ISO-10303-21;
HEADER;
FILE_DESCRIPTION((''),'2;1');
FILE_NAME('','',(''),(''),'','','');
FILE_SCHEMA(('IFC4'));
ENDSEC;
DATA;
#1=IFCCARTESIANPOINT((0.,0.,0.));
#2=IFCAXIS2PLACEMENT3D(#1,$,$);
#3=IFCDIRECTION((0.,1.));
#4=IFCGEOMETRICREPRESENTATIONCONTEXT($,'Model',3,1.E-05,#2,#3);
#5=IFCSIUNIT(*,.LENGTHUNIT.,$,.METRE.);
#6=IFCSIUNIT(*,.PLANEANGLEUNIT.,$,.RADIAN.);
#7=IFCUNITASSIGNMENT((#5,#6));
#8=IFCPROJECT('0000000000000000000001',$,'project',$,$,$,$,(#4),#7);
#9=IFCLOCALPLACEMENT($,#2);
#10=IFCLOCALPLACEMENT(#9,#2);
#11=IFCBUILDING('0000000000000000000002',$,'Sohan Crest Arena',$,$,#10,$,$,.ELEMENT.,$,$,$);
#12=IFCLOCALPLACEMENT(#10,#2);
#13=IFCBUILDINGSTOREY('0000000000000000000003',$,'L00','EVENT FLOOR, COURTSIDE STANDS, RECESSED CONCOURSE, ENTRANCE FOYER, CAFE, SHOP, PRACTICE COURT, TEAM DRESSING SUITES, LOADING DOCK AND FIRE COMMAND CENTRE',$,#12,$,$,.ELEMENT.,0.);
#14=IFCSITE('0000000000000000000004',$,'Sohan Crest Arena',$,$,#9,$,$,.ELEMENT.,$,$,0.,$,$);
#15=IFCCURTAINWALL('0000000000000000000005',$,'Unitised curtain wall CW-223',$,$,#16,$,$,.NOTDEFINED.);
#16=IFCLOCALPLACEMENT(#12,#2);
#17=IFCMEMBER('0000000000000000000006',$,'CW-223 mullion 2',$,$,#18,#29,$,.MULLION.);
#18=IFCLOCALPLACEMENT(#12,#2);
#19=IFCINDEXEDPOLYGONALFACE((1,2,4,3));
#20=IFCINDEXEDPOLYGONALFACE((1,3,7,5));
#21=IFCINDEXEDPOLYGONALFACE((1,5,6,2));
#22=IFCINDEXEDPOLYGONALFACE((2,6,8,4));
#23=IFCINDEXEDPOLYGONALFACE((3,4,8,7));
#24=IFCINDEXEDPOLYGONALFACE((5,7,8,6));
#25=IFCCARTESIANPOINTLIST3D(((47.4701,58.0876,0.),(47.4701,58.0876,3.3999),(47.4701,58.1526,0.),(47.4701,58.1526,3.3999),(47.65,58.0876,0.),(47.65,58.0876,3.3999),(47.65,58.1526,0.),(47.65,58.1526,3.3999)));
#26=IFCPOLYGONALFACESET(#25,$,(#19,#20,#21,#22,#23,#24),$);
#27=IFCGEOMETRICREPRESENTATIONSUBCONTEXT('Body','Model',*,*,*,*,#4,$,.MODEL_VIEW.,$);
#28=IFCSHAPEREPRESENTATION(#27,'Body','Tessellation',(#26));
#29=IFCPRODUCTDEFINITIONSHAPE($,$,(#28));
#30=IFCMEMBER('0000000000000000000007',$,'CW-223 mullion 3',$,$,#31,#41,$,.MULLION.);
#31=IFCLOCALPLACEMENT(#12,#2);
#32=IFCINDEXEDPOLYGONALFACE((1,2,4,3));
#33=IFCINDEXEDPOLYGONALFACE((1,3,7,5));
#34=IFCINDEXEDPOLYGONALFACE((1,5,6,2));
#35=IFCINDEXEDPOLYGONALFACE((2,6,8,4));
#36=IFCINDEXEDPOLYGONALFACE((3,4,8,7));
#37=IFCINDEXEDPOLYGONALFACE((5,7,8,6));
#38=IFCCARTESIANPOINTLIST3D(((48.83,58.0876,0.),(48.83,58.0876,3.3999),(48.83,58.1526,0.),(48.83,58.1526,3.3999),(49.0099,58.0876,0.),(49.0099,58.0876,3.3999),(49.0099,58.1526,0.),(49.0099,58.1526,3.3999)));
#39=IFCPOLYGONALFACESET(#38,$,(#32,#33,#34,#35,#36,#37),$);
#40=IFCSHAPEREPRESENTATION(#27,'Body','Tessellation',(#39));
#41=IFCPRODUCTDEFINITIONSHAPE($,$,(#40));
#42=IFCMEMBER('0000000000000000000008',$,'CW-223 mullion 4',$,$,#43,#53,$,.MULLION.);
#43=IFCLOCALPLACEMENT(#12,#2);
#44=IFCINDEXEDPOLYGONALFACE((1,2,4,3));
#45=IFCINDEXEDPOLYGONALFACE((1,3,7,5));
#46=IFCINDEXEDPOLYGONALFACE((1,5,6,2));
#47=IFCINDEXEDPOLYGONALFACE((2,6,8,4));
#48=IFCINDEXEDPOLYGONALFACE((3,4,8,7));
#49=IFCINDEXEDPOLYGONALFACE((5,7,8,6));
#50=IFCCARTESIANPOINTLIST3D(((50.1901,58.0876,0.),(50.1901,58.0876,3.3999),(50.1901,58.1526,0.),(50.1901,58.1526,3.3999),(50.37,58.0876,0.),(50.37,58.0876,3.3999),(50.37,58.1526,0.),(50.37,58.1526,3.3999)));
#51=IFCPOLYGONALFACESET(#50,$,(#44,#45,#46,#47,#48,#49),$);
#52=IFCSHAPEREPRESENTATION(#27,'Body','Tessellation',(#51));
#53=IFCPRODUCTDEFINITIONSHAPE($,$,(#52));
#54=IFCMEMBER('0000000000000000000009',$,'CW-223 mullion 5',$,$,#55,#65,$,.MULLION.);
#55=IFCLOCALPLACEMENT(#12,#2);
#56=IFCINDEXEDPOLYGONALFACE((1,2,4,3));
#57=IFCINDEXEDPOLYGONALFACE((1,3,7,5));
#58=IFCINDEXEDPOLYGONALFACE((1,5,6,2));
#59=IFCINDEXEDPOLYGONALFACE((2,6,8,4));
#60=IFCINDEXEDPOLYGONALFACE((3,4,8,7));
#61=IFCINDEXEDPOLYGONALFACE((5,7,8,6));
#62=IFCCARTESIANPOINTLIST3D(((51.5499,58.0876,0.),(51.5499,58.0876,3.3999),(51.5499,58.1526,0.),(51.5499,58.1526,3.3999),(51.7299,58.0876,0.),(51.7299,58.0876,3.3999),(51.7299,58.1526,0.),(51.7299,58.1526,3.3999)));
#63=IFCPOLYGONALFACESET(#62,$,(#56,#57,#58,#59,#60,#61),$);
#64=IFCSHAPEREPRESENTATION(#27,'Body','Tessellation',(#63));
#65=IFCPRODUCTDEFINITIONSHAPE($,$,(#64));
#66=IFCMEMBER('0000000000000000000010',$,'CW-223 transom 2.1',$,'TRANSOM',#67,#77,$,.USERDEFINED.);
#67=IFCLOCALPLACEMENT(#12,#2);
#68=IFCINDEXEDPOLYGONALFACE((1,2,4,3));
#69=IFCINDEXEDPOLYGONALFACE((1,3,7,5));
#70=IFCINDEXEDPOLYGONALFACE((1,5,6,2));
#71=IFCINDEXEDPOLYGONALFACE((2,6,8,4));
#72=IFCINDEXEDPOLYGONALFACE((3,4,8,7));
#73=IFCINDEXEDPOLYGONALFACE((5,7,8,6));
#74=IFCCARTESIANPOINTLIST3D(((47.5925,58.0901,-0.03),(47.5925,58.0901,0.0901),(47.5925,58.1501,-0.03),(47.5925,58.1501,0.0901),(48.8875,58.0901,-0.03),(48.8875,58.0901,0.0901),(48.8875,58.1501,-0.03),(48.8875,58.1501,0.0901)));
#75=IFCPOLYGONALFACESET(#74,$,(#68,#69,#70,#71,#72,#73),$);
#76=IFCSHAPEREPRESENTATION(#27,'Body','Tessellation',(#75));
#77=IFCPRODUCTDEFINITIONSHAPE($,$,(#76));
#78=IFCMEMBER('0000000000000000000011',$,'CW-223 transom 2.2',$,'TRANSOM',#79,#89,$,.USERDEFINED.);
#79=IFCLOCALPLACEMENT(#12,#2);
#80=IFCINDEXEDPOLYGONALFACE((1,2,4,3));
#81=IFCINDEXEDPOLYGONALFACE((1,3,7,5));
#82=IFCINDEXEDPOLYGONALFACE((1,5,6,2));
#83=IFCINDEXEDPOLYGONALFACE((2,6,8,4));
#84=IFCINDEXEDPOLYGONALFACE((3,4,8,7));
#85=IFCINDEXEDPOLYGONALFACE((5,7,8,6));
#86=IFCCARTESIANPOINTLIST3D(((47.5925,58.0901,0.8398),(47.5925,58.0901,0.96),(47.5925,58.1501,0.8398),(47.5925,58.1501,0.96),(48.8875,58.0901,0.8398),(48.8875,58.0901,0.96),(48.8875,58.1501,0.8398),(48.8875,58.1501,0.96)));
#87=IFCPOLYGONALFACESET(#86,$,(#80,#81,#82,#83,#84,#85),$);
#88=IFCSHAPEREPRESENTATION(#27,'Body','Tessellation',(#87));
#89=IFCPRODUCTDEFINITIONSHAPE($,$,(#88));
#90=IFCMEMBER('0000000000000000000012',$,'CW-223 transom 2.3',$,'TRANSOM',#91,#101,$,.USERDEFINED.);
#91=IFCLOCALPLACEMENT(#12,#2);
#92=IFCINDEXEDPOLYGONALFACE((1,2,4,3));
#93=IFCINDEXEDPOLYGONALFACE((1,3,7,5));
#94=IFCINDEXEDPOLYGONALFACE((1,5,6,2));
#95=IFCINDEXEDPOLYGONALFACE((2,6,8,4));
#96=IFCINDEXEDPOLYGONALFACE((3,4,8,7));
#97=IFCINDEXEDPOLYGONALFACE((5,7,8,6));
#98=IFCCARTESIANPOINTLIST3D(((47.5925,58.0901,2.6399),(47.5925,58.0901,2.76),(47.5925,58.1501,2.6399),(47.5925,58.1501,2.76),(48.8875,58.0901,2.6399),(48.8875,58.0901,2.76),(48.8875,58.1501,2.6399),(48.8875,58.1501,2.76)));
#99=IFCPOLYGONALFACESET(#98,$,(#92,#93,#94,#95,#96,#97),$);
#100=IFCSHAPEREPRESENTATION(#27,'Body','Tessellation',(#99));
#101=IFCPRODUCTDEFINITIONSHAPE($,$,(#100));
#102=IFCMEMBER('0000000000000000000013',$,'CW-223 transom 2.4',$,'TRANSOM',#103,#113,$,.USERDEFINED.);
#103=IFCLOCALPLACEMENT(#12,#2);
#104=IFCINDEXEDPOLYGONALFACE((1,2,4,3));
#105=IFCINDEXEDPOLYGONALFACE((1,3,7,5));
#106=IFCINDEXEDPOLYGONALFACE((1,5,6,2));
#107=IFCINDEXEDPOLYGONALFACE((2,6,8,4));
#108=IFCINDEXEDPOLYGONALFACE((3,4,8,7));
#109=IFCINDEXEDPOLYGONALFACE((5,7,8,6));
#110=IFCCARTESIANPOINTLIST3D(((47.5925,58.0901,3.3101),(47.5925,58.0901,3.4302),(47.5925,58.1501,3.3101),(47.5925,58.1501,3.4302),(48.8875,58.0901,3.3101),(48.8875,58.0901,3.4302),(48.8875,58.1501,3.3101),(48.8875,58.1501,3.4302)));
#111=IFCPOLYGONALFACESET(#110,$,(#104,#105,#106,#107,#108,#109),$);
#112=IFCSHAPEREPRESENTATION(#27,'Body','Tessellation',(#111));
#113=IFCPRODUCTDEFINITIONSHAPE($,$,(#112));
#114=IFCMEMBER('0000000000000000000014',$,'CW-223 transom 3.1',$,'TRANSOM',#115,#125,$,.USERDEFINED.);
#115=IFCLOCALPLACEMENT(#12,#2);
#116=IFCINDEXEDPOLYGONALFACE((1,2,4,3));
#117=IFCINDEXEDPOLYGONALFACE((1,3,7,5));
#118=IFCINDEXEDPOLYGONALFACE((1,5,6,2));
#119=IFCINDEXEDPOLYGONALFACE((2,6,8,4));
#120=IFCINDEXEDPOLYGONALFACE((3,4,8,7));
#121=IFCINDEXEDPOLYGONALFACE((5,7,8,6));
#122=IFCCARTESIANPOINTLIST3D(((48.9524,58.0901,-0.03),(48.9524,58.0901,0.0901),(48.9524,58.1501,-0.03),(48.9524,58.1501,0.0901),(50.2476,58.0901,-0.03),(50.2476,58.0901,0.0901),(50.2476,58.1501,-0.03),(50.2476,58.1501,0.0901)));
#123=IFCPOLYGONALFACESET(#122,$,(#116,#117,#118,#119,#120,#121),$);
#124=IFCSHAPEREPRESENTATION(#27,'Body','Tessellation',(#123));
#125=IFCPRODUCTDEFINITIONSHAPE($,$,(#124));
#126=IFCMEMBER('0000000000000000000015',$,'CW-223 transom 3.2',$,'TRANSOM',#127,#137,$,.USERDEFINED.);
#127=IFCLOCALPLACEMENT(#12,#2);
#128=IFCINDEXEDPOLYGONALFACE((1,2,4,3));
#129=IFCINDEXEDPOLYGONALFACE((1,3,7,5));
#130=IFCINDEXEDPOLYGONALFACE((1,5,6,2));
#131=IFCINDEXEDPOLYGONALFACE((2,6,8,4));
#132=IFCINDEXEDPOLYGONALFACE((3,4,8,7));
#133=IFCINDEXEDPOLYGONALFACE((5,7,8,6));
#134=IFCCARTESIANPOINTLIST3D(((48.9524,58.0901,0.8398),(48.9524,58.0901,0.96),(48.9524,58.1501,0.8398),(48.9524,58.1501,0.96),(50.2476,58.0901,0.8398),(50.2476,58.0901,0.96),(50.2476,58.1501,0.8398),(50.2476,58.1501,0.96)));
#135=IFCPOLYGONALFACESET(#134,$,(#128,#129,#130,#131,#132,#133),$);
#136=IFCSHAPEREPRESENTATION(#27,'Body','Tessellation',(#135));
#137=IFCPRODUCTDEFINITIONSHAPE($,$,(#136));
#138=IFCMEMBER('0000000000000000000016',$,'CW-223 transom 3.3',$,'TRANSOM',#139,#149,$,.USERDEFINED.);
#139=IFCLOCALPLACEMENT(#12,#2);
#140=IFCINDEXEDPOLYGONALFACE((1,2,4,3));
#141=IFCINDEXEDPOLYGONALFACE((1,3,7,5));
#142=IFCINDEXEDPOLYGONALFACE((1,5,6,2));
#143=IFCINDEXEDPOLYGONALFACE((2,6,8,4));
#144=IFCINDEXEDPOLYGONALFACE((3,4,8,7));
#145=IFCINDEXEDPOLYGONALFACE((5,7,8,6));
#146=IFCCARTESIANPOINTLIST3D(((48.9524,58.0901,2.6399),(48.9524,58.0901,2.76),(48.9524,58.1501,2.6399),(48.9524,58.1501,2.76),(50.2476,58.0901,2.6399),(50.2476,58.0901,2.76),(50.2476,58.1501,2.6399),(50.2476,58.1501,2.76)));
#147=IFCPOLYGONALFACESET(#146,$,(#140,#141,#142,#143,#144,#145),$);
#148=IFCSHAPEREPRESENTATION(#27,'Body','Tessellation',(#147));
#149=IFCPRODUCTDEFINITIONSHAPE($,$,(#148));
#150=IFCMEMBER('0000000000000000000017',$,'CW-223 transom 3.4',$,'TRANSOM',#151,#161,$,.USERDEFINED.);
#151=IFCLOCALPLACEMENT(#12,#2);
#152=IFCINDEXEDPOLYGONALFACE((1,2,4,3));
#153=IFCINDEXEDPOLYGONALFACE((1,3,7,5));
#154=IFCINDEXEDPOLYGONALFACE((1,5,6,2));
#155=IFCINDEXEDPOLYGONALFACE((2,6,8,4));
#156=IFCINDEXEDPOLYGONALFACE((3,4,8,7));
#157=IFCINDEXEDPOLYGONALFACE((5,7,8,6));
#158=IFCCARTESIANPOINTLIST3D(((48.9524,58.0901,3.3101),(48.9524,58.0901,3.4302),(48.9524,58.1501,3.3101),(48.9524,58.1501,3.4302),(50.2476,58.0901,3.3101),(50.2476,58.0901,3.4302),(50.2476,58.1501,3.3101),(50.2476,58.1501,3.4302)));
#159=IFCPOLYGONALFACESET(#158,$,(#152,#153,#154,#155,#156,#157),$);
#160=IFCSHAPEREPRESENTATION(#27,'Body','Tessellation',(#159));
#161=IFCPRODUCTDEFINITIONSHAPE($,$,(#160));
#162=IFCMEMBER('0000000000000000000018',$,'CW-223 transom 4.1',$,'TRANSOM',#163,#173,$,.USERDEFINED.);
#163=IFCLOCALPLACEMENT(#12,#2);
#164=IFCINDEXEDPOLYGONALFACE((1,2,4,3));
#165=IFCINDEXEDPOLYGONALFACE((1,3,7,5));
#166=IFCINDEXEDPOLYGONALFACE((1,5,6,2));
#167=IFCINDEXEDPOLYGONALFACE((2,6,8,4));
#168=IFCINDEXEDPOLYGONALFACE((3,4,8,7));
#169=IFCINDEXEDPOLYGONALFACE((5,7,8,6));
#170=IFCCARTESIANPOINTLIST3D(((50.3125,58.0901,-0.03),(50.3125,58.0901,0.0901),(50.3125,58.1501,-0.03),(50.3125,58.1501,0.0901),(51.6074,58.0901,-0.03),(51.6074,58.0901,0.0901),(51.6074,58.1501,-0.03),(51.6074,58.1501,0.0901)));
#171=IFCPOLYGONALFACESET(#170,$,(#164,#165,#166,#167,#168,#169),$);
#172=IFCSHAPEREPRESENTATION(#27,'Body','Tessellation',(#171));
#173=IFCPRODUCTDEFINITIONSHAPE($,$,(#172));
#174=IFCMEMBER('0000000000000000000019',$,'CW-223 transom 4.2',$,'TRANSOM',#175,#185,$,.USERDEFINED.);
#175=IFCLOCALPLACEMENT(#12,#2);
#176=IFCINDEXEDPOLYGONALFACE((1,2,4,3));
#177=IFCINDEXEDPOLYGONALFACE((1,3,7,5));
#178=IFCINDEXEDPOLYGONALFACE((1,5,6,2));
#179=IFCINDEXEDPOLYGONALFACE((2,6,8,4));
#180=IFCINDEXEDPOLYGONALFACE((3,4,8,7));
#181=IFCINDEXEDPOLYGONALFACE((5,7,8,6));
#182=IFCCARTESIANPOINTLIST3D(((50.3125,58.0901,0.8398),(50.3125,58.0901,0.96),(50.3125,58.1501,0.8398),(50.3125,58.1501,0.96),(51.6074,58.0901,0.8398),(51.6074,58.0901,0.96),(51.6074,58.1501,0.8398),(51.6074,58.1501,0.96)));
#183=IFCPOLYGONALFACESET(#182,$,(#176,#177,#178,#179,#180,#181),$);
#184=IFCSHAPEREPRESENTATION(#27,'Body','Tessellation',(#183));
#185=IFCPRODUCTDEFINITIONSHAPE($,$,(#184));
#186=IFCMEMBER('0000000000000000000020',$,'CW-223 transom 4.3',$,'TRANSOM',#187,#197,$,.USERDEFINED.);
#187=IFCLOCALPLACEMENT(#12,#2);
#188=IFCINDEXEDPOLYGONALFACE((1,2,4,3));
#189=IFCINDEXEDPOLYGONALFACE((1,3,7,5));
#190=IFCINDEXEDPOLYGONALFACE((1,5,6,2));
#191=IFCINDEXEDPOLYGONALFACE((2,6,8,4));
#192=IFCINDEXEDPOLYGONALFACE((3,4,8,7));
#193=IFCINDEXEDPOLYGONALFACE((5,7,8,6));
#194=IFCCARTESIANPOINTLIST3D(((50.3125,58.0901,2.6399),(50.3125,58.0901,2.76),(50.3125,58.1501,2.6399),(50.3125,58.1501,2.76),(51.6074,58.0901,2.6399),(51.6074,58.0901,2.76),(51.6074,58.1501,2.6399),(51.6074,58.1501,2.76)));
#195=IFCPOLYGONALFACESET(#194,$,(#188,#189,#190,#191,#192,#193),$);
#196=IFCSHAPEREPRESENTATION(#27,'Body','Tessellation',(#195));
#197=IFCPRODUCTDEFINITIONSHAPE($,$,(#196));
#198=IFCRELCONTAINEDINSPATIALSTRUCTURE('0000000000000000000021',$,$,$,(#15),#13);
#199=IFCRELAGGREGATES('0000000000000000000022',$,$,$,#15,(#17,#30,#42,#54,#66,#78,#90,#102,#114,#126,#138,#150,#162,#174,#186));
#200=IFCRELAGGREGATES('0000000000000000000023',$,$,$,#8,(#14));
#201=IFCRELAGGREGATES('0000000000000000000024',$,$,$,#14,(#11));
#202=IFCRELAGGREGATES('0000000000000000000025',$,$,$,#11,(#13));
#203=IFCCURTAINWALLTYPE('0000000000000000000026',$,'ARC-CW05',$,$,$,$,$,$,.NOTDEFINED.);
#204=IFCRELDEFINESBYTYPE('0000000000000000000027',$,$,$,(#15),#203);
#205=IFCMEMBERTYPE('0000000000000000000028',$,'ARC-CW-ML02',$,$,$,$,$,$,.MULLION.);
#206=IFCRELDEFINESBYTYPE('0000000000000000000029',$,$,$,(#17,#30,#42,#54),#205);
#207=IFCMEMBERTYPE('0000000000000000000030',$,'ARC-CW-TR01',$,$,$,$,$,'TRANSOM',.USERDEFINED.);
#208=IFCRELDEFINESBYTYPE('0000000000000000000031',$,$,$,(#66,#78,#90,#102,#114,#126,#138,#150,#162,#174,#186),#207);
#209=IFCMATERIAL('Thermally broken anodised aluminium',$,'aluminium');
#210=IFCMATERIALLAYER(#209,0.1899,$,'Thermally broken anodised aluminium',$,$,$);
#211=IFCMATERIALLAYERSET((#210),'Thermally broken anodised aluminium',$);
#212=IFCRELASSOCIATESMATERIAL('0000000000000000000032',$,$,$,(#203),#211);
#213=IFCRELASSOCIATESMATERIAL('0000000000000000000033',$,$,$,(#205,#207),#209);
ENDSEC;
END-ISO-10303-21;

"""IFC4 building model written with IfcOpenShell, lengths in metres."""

from ifc_helpers import new_model, si_unit, direction, frame, origin, origin_2d, place, context, subcontext, project, spatial, rectangle, extrude, material, layer, layer_set, material_profile, profile_set, type_object, element, aggregate, save


model = new_model("IFC4")

# Units and contexts
model_context = context("Model", 3, precision=1e-05, world=origin(), true_north=direction((0.0, 1.0)))
body_context = subcontext(model_context, "Body", "Model", "MODEL_VIEW")
ifc_project = project(units=[si_unit("LENGTHUNIT", "METRE"), si_unit("PLANEANGLEUNIT", "RADIAN")], contexts=[model_context])

# Site, building, storey
site_placement = place(None, origin())
site = spatial("IfcSite", under=ifc_project, at=site_placement, Name="Sohan Crest Arena", CompositionType="ELEMENT", RefElevation=0.0)
building_placement = place(site_placement, origin())
building = spatial("IfcBuilding", under=site, at=building_placement, Name="Sohan Crest Arena", CompositionType="ELEMENT")
storey_placement = place(building_placement, origin())
storey = spatial("IfcBuildingStorey", under=building, at=storey_placement, Name="L00", Description="EVENT FLOOR, COURTSIDE STANDS, RECESSED CONCOURSE, ENTRANCE FOYER, CAFE, SHOP, PRACTICE COURT, TEAM DRESSING SUITES, LOADING DOCK AND FIRE COMMAND CENTRE", CompositionType="ELEMENT", Elevation=0.0)

# Curtain wall, members
ifc_material_1 = material(Name="Thermally broken anodised aluminium", Category="aluminium")
ifc_layer_1 = layer(ifc_material_1, 0.1899, Name="Thermally broken anodised aluminium")
ifc_layer_set_1 = layer_set([ifc_layer_1], Name="Thermally broken anodised aluminium")
curtain_wall_type = type_object("IfcCurtainWallType", Name="ARC-CW05", PredefinedType="NOTDEFINED", material=ifc_layer_set_1)
curtain_wall_placement = place(storey_placement, origin())
curtain_wall = element("IfcCurtainWall", 1, at=curtain_wall_placement, inside=storey, type_object=curtain_wall_type, Name="Unitised curtain wall CW-223", PredefinedType="NOTDEFINED")
ifc_material_profile_1 = material_profile(ifc_material_1, rectangle(XDim=0.0649, YDim=0.1799, at=origin_2d()), Name="ALU-MULL 65x180")
ifc_profile_set_1 = profile_set([ifc_material_profile_1], Name="Thermally broken anodised aluminium")
member_type_1 = type_object("IfcMemberType", Name="ARC-CW-ML02", PredefinedType="MULLION", material=ifc_profile_set_1)
member_1_placement = place(storey_placement, frame((47.5601, 58.1201, 0.0), z_axis=(0.0, 0.0, 1.0), x_axis=(0.0, 1.0, 0.0)))
member_1 = element("IfcMember", 2, at=member_1_placement, type_object=member_type_1, Name="CW-223 mullion 2", PredefinedType="MULLION", context=body_context, shape_type="SweptSolid", body=[
    extrude(rectangle(XDim=0.0649, YDim=0.1799, at=origin_2d()), origin(), (0.0, 0.0, 1.0), 3.3999),
])
member_2_placement = place(storey_placement, frame((48.9199, 58.1201, 0.0), z_axis=(0.0, 0.0, 1.0), x_axis=(0.0, 1.0, 0.0)))
member_2 = element("IfcMember", 3, at=member_2_placement, type_object=member_type_1, Name="CW-223 mullion 3", PredefinedType="MULLION", context=body_context, shape_type="SweptSolid", body=[
    extrude(rectangle(XDim=0.0649, YDim=0.1799, at=origin_2d()), origin(), (0.0, 0.0, 1.0), 3.3999),
])
member_3_placement = place(storey_placement, frame((50.28, 58.1201, 0.0), z_axis=(0.0, 0.0, 1.0), x_axis=(0.0, 1.0, 0.0)))
member_3 = element("IfcMember", 4, at=member_3_placement, type_object=member_type_1, Name="CW-223 mullion 4", PredefinedType="MULLION", context=body_context, shape_type="SweptSolid", body=[
    extrude(rectangle(XDim=0.0649, YDim=0.1799, at=origin_2d()), origin(), (0.0, 0.0, 1.0), 3.3999),
])
member_4_placement = place(storey_placement, frame((51.6399, 58.1201, 0.0), z_axis=(0.0, 0.0, 1.0), x_axis=(0.0, 1.0, 0.0)))
member_4 = element("IfcMember", 5, at=member_4_placement, type_object=member_type_1, Name="CW-223 mullion 5", PredefinedType="MULLION", context=body_context, shape_type="SweptSolid", body=[
    extrude(rectangle(XDim=0.0649, YDim=0.1799, at=origin_2d()), origin(), (0.0, 0.0, 1.0), 3.3999),
])
ifc_material_profile_2 = material_profile(ifc_material_1, rectangle(XDim=0.0601, YDim=0.1201, at=origin_2d()), Name="ALU-TRAN 60x120")
ifc_profile_set_2 = profile_set([ifc_material_profile_2], Name="Thermally broken anodised aluminium")
member_type_2 = type_object("IfcMemberType", Name="ARC-CW-TR01", ElementType="TRANSOM", PredefinedType="USERDEFINED", material=ifc_profile_set_2)
member_5_placement = place(storey_placement, frame((47.5925, 58.1201, 0.03), z_axis=(1.0, 0.0, 0.0), x_axis=(0.0, 1.0, 0.0)))
member_5 = element("IfcMember", 6, at=member_5_placement, type_object=member_type_2, Name="CW-223 transom 2.1", ObjectType="TRANSOM", PredefinedType="USERDEFINED", context=body_context, shape_type="SweptSolid", body=[
    extrude(rectangle(XDim=0.0601, YDim=0.1201, at=origin_2d()), origin(), (0.0, 0.0, 1.0), 1.2949),
])
member_6_placement = place(storey_placement, frame((47.5925, 58.1201, 0.8999), z_axis=(1.0, 0.0, 0.0), x_axis=(0.0, 1.0, 0.0)))
member_6 = element("IfcMember", 7, at=member_6_placement, type_object=member_type_2, Name="CW-223 transom 2.2", ObjectType="TRANSOM", PredefinedType="USERDEFINED", context=body_context, shape_type="SweptSolid", body=[
    extrude(rectangle(XDim=0.0601, YDim=0.1201, at=origin_2d()), origin(), (0.0, 0.0, 1.0), 1.2949),
])
member_7_placement = place(storey_placement, frame((47.5925, 58.1201, 2.7), z_axis=(1.0, 0.0, 0.0), x_axis=(0.0, 1.0, 0.0)))
member_7 = element("IfcMember", 8, at=member_7_placement, type_object=member_type_2, Name="CW-223 transom 2.3", ObjectType="TRANSOM", PredefinedType="USERDEFINED", context=body_context, shape_type="SweptSolid", body=[
    extrude(rectangle(XDim=0.0601, YDim=0.1201, at=origin_2d()), origin(), (0.0, 0.0, 1.0), 1.2949),
])
member_8_placement = place(storey_placement, frame((47.5925, 58.1201, 3.3701), z_axis=(1.0, 0.0, 0.0), x_axis=(0.0, 1.0, 0.0)))
member_8 = element("IfcMember", 9, at=member_8_placement, type_object=member_type_2, Name="CW-223 transom 2.4", ObjectType="TRANSOM", PredefinedType="USERDEFINED", context=body_context, shape_type="SweptSolid", body=[
    extrude(rectangle(XDim=0.0601, YDim=0.1201, at=origin_2d()), origin(), (0.0, 0.0, 1.0), 1.2949),
])
member_9_placement = place(storey_placement, frame((48.9524, 58.1201, 0.03), z_axis=(1.0, 0.0, 0.0), x_axis=(0.0, 1.0, 0.0)))
member_9 = element("IfcMember", 10, at=member_9_placement, type_object=member_type_2, Name="CW-223 transom 3.1", ObjectType="TRANSOM", PredefinedType="USERDEFINED", context=body_context, shape_type="SweptSolid", body=[
    extrude(rectangle(XDim=0.0601, YDim=0.1201, at=origin_2d()), origin(), (0.0, 0.0, 1.0), 1.2952),
])
member_10_placement = place(storey_placement, frame((48.9524, 58.1201, 0.8999), z_axis=(1.0, 0.0, 0.0), x_axis=(0.0, 1.0, 0.0)))
member_10 = element("IfcMember", 11, at=member_10_placement, type_object=member_type_2, Name="CW-223 transom 3.2", ObjectType="TRANSOM", PredefinedType="USERDEFINED", context=body_context, shape_type="SweptSolid", body=[
    extrude(rectangle(XDim=0.0601, YDim=0.1201, at=origin_2d()), origin(), (0.0, 0.0, 1.0), 1.2952),
])
member_11_placement = place(storey_placement, frame((48.9524, 58.1201, 2.7), z_axis=(1.0, 0.0, 0.0), x_axis=(0.0, 1.0, 0.0)))
member_11 = element("IfcMember", 12, at=member_11_placement, type_object=member_type_2, Name="CW-223 transom 3.3", ObjectType="TRANSOM", PredefinedType="USERDEFINED", context=body_context, shape_type="SweptSolid", body=[
    extrude(rectangle(XDim=0.0601, YDim=0.1201, at=origin_2d()), origin(), (0.0, 0.0, 1.0), 1.2952),
])
member_12_placement = place(storey_placement, frame((48.9524, 58.1201, 3.3701), z_axis=(1.0, 0.0, 0.0), x_axis=(0.0, 1.0, 0.0)))
member_12 = element("IfcMember", 13, at=member_12_placement, type_object=member_type_2, Name="CW-223 transom 3.4", ObjectType="TRANSOM", PredefinedType="USERDEFINED", context=body_context, shape_type="SweptSolid", body=[
    extrude(rectangle(XDim=0.0601, YDim=0.1201, at=origin_2d()), origin(), (0.0, 0.0, 1.0), 1.2952),
])
member_13_placement = place(storey_placement, frame((50.3125, 58.1201, 0.03), z_axis=(1.0, 0.0, 0.0), x_axis=(0.0, 1.0, 0.0)))
member_13 = element("IfcMember", 14, at=member_13_placement, type_object=member_type_2, Name="CW-223 transom 4.1", ObjectType="TRANSOM", PredefinedType="USERDEFINED", context=body_context, shape_type="SweptSolid", body=[
    extrude(rectangle(XDim=0.0601, YDim=0.1201, at=origin_2d()), origin(), (0.0, 0.0, 1.0), 1.2949),
])
member_14_placement = place(storey_placement, frame((50.3125, 58.1201, 0.8999), z_axis=(1.0, 0.0, 0.0), x_axis=(0.0, 1.0, 0.0)))
member_14 = element("IfcMember", 15, at=member_14_placement, type_object=member_type_2, Name="CW-223 transom 4.2", ObjectType="TRANSOM", PredefinedType="USERDEFINED", context=body_context, shape_type="SweptSolid", body=[
    extrude(rectangle(XDim=0.0601, YDim=0.1201, at=origin_2d()), origin(), (0.0, 0.0, 1.0), 1.2949),
])
member_15_placement = place(storey_placement, frame((50.3125, 58.1201, 2.7), z_axis=(1.0, 0.0, 0.0), x_axis=(0.0, 1.0, 0.0)))
member_15 = element("IfcMember", 16, at=member_15_placement, type_object=member_type_2, Name="CW-223 transom 4.3", ObjectType="TRANSOM", PredefinedType="USERDEFINED", context=body_context, shape_type="SweptSolid", body=[
    extrude(rectangle(XDim=0.0601, YDim=0.1201, at=origin_2d()), origin(), (0.0, 0.0, 1.0), 1.2949),
])
aggregate(curtain_wall, [member_1, member_2, member_3, member_4, member_5, member_6, member_7, member_8, member_9, member_10, member_11, member_12, member_13, member_14, member_15])

save(model, "model.ifc")
